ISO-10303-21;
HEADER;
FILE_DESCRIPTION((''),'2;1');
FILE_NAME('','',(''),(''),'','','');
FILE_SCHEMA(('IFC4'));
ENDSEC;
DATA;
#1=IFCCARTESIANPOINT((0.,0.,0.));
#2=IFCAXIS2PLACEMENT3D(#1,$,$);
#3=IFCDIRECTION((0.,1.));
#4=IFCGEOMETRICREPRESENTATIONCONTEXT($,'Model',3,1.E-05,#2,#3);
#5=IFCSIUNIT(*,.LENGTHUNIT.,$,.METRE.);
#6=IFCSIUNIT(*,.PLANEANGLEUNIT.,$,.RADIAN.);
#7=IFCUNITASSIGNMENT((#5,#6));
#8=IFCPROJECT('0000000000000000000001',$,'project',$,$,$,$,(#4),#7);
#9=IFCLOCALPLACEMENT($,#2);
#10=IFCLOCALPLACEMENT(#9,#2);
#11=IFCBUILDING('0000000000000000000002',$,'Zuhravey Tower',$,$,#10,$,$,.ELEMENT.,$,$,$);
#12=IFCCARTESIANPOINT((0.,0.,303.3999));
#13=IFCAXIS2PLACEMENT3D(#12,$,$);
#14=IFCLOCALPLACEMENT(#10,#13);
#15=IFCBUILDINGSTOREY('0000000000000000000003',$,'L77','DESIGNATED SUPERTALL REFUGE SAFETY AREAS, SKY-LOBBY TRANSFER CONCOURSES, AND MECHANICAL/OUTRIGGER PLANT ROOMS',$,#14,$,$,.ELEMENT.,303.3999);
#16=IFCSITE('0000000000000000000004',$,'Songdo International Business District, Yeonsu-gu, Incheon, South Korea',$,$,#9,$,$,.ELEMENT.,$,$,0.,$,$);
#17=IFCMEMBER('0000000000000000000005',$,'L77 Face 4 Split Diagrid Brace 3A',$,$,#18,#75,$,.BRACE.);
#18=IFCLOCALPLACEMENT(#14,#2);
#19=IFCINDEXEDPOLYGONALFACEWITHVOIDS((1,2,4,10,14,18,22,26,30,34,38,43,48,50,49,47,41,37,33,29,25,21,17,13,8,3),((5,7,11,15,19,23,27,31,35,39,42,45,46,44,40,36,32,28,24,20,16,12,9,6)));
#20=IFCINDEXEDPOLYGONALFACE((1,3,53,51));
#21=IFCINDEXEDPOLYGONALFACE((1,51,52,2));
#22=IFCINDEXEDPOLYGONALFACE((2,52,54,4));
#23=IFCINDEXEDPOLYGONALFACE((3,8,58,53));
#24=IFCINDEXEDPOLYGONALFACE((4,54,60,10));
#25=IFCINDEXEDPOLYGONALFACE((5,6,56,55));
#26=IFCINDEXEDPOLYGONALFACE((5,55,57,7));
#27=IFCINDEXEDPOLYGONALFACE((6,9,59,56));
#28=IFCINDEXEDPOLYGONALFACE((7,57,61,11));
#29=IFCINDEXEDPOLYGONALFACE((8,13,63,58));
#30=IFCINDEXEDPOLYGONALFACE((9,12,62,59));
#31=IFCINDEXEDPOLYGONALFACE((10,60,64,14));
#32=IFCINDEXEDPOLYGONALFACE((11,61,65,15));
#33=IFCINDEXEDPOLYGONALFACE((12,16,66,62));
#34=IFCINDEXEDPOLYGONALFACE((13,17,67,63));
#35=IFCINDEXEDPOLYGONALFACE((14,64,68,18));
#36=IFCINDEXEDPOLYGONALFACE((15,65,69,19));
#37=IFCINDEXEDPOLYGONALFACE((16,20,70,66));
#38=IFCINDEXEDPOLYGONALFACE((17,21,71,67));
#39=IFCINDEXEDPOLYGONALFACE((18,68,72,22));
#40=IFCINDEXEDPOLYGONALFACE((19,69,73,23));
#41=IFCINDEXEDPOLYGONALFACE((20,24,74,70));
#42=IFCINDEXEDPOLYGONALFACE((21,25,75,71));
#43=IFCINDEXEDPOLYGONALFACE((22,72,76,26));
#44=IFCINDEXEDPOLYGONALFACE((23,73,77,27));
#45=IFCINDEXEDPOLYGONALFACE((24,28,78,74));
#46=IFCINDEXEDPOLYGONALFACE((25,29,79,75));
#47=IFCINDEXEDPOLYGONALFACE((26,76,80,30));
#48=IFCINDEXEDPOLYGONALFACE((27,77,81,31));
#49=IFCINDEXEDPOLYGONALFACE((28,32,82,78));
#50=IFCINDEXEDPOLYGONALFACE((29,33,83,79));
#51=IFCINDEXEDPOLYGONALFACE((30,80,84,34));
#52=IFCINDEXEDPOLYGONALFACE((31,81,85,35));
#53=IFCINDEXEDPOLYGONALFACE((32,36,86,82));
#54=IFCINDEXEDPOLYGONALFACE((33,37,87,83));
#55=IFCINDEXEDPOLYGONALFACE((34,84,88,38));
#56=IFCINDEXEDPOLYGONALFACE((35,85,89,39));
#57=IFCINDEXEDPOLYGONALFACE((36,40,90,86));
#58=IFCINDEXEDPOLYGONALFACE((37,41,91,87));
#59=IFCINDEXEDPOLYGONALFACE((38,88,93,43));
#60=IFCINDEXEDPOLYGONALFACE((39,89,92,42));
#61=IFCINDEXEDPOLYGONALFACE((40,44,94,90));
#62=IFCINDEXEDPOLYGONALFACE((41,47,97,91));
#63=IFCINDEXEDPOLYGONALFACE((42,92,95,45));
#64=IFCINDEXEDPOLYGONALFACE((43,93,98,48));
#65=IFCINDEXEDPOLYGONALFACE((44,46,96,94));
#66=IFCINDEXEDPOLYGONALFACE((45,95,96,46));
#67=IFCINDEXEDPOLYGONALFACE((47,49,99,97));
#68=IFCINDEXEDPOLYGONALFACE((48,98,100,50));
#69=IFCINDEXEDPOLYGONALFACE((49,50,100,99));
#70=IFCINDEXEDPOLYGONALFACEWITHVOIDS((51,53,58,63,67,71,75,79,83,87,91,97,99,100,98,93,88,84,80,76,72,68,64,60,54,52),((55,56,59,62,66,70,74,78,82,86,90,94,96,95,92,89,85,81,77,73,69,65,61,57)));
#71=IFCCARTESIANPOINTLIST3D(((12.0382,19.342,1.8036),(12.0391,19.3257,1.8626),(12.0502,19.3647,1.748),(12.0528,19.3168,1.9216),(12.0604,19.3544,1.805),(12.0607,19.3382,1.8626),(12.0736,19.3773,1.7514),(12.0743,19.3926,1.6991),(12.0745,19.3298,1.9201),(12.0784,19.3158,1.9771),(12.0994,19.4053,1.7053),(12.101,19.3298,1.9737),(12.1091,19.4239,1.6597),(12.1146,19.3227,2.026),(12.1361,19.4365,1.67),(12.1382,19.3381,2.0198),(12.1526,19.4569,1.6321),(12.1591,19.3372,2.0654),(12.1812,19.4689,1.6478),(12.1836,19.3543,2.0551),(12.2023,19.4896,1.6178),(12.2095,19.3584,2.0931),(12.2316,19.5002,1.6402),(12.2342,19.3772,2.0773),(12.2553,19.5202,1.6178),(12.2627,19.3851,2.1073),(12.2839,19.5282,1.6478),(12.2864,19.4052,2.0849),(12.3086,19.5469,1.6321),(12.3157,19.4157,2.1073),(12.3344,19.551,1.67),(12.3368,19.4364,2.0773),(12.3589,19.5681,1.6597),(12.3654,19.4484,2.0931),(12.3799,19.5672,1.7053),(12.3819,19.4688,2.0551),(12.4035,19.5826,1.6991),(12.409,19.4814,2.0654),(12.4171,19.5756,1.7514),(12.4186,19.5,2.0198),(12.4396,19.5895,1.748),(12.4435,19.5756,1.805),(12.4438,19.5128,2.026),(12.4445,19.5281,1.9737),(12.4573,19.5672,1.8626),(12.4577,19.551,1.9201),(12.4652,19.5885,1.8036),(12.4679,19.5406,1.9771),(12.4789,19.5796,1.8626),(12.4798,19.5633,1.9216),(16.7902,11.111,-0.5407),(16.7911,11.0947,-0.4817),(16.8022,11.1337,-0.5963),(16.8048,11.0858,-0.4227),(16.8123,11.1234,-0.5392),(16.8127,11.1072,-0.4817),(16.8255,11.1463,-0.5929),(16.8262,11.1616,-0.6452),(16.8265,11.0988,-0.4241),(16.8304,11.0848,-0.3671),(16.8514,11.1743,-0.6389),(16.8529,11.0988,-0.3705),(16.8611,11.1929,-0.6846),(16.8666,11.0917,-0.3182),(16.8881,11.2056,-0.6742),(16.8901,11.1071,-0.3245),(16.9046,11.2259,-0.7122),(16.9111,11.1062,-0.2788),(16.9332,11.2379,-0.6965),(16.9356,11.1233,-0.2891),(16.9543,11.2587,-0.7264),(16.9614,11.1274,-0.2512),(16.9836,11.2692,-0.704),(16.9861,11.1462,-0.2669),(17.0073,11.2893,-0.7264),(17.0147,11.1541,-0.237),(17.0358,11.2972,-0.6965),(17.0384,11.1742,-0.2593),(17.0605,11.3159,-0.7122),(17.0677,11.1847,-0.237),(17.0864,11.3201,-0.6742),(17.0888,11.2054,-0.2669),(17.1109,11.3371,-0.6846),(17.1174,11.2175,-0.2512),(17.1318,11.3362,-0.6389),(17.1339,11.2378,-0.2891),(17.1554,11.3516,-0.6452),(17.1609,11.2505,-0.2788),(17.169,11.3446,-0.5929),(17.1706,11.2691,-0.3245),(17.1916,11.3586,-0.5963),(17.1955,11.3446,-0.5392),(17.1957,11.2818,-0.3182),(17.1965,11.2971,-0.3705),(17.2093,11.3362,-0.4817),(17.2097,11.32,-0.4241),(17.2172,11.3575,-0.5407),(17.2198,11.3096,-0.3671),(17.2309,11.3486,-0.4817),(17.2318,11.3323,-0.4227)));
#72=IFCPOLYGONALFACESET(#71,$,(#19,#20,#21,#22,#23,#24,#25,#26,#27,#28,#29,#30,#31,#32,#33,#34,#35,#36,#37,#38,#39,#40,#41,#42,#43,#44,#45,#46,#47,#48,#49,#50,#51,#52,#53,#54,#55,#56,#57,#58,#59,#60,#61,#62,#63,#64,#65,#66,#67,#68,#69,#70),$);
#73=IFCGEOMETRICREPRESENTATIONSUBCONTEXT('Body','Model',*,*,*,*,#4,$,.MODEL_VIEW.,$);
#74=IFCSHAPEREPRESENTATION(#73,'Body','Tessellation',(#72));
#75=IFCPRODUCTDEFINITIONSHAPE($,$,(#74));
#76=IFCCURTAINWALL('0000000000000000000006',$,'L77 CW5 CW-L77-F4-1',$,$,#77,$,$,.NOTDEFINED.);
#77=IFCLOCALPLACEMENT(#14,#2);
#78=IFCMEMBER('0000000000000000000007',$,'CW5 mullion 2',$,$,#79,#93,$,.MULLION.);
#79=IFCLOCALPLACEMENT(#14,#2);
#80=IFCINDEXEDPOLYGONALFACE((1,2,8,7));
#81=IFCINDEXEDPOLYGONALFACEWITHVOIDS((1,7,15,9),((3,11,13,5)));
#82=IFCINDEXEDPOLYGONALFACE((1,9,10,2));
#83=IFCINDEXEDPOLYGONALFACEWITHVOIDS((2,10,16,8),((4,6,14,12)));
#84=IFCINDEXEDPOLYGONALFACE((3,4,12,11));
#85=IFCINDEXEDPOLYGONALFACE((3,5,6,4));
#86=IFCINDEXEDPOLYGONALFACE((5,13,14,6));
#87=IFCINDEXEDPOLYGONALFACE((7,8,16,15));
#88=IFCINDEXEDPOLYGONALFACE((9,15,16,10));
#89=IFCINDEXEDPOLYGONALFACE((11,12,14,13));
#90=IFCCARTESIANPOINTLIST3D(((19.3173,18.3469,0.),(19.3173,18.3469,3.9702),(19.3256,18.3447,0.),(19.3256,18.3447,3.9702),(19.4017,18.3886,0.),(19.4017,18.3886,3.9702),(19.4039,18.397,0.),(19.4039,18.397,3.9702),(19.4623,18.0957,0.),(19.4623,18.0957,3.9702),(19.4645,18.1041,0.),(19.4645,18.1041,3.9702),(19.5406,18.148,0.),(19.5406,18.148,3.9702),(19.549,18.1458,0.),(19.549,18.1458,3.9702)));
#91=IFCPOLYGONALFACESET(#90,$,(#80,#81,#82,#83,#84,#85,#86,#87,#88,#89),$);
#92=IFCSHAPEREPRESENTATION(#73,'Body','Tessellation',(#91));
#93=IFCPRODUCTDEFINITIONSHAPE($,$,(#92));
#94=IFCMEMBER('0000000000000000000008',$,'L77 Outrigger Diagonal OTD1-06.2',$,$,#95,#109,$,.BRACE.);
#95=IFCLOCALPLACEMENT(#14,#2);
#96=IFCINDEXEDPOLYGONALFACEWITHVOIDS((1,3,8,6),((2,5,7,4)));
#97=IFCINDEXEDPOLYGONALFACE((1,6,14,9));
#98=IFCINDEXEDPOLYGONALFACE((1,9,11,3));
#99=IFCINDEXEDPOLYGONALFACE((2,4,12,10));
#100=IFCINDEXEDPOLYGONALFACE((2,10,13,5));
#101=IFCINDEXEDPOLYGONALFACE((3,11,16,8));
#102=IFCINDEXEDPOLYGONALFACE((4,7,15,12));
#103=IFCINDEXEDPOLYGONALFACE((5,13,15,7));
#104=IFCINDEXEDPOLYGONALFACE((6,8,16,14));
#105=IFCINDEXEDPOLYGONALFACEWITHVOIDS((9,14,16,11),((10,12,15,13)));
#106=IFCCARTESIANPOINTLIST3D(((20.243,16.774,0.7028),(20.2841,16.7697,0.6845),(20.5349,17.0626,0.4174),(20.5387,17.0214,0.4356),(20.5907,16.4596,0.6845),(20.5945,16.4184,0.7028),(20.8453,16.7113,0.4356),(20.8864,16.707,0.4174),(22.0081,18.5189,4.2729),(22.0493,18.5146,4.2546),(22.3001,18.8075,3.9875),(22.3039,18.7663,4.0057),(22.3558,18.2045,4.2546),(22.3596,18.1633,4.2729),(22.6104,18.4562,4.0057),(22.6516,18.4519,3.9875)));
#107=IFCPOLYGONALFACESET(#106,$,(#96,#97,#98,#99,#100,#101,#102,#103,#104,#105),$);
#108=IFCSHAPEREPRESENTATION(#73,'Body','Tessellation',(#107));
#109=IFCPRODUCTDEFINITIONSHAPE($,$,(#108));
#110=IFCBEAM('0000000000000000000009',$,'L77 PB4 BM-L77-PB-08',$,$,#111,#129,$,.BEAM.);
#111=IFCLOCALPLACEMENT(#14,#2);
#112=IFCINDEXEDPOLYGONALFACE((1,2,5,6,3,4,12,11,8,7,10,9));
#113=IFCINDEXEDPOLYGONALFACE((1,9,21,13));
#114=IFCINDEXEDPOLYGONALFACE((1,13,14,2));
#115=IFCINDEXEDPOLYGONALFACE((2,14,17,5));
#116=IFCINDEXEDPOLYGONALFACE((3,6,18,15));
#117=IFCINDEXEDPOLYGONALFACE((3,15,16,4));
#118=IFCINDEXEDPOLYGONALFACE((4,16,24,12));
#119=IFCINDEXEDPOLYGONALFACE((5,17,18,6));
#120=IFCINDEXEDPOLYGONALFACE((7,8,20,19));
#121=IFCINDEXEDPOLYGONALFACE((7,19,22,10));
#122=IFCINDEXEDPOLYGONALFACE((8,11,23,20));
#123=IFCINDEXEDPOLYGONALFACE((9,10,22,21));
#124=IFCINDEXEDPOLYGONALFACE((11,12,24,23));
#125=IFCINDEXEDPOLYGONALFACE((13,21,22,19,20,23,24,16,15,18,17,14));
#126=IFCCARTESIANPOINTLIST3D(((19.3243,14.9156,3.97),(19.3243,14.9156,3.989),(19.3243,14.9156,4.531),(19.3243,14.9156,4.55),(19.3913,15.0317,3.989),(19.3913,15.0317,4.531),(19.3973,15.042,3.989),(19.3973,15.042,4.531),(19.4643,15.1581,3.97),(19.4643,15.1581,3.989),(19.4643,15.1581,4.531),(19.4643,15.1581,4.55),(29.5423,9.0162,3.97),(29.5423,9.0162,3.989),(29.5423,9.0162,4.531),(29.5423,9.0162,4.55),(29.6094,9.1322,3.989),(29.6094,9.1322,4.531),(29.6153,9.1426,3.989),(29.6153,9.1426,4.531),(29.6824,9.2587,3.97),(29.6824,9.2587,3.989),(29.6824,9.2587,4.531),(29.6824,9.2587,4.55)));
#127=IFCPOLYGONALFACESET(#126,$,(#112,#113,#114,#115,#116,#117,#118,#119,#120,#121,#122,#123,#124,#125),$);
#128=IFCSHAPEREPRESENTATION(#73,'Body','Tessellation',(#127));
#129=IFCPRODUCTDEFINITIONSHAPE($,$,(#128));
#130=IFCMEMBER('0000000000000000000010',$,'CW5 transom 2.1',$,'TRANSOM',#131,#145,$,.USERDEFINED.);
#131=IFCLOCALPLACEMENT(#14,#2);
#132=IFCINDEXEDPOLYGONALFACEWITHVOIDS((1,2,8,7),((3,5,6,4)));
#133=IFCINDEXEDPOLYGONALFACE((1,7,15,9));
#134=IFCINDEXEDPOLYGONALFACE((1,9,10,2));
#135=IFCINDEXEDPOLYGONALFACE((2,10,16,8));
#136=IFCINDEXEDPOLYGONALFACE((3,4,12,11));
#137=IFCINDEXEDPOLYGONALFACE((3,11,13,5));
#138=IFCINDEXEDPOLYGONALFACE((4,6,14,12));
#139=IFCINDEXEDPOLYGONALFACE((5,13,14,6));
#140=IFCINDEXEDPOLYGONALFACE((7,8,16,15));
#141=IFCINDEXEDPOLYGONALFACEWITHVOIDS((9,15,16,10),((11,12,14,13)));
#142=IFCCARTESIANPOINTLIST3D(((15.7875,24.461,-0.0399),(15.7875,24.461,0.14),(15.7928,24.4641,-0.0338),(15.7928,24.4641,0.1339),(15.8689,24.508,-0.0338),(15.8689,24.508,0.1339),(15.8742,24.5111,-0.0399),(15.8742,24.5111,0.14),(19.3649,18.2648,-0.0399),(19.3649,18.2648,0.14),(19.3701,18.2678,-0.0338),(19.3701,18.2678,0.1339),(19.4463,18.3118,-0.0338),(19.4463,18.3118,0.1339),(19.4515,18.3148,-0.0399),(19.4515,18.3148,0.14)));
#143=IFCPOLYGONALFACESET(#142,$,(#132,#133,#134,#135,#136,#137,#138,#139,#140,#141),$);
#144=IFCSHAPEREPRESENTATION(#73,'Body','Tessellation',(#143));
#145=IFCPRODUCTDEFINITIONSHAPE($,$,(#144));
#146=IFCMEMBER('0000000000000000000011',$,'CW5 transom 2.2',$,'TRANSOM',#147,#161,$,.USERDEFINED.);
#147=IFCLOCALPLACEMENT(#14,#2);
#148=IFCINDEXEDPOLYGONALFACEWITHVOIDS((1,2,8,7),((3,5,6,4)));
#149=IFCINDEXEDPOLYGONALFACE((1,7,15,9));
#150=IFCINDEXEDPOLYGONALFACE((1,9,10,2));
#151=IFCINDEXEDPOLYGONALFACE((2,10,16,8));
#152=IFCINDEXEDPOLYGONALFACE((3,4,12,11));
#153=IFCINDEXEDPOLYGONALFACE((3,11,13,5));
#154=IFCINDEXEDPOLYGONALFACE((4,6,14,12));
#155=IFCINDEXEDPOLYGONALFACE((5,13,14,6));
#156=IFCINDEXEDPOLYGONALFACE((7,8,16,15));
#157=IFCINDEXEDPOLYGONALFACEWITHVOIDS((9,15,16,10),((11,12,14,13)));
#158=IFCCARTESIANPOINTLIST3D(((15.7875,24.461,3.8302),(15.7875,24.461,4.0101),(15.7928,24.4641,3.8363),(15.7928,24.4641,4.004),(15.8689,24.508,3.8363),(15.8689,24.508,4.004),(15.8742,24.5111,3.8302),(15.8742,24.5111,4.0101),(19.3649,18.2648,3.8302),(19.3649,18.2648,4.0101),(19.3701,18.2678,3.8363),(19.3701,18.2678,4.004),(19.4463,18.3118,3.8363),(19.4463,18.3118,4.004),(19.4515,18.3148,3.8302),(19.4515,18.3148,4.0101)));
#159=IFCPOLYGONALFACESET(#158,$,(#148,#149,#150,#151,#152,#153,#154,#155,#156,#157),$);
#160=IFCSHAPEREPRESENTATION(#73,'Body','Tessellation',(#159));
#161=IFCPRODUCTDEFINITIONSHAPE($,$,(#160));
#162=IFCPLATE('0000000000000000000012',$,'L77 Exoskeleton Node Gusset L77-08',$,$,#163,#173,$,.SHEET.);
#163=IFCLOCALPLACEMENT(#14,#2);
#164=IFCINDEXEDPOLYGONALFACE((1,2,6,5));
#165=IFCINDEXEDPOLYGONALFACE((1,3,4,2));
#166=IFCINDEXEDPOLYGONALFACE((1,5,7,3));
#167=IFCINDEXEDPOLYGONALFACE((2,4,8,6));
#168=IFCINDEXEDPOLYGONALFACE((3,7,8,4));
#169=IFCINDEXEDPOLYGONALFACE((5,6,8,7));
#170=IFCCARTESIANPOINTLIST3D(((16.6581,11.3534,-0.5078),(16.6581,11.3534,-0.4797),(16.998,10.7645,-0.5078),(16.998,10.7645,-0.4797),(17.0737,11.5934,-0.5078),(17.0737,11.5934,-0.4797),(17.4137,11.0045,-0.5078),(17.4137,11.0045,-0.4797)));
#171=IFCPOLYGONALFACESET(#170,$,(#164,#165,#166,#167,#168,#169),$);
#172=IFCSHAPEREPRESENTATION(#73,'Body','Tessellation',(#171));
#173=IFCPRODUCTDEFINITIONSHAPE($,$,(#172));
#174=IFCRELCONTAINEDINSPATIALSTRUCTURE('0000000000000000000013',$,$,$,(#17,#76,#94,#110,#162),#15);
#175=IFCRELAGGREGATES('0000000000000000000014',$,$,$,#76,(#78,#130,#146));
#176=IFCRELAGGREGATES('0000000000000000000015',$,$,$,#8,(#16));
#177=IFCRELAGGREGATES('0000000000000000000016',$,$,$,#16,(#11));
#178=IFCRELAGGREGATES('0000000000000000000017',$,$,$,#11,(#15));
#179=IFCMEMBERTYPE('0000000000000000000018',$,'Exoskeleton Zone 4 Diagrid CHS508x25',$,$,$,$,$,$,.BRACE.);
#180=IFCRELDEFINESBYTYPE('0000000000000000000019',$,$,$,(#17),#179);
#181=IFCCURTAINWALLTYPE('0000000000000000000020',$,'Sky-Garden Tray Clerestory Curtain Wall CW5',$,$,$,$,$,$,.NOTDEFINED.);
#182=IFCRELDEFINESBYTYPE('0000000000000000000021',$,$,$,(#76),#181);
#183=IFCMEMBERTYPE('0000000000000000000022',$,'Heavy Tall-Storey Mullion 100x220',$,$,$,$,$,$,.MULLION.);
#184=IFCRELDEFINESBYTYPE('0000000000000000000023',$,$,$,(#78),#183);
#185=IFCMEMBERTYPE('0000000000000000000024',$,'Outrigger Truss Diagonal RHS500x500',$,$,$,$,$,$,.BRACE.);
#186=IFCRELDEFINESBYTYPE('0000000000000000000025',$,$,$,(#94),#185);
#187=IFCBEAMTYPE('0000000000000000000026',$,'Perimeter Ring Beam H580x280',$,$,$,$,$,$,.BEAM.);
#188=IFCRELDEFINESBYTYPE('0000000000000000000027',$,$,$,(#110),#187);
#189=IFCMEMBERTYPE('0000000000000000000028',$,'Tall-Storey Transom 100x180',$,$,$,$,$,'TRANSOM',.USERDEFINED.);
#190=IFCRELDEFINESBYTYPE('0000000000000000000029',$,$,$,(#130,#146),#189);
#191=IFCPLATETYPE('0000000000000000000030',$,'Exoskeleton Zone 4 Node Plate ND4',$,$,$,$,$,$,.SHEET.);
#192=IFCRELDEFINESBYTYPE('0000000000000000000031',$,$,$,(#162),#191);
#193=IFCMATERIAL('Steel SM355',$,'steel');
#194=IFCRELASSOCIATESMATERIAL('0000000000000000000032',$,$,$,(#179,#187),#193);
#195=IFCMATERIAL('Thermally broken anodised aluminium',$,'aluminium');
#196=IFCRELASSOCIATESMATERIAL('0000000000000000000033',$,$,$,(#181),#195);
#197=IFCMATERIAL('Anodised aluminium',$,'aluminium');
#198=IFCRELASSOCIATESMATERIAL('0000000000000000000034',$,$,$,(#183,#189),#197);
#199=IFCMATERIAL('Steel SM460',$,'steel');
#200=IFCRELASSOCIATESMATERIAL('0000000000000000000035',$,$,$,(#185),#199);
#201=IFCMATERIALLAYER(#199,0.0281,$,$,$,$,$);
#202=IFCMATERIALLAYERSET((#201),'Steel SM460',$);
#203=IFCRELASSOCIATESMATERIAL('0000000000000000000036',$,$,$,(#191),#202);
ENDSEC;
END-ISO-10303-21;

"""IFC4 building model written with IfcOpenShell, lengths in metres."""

from ifc_helpers import new_model, si_unit, direction, frame, origin, origin_2d, place, context, subcontext, project, spatial, rectangle, hollow_rectangle, hollow_circle, i_section, extrude, material, layer, layer_set, material_profile, profile_set, type_object, element, aggregate, save


model = new_model("IFC4")

# Units and contexts
model_context = context("Model", 3, precision=1e-05, world=origin(), true_north=direction((0.0, 1.0)))
body_context = subcontext(model_context, "Body", "Model", "MODEL_VIEW")
ifc_project = project(units=[si_unit("LENGTHUNIT", "METRE"), si_unit("PLANEANGLEUNIT", "RADIAN")], contexts=[model_context])

# Site, building, storey
site_placement = place(None, origin())
site = spatial("IfcSite", under=ifc_project, at=site_placement, Name="Songdo International Business District, Yeonsu-gu, Incheon, South Korea", CompositionType="ELEMENT", RefElevation=0.0)
building_placement = place(site_placement, origin())
building = spatial("IfcBuilding", under=site, at=building_placement, Name="Zuhravey Tower", CompositionType="ELEMENT")
storey_placement = place(building_placement, frame((0.0, 0.0, 303.3999)))
storey = spatial("IfcBuildingStorey", under=building, at=storey_placement, Name="L77", Description="DESIGNATED SUPERTALL REFUGE SAFETY AREAS, SKY-LOBBY TRANSFER CONCOURSES, AND MECHANICAL/OUTRIGGER PLANT ROOMS", CompositionType="ELEMENT", Elevation=303.3999)

# Shared definitions
ifc_material_1 = material(Name="Steel SM355", Category="steel")

# Shared definitions
ifc_material_2 = material(Name="Steel SM460", Category="steel")

# Member
ifc_material_profile_1 = material_profile(ifc_material_1, hollow_circle(Radius=0.2539, WallThickness=0.0249, at=origin_2d()), Name="CHS-508.0x25")
ifc_profile_set_1 = profile_set([ifc_material_profile_1], Name="Steel SM355")
member_type_1 = type_object("IfcMemberType", Name="Exoskeleton Zone 4 Diagrid CHS508x25", PredefinedType="BRACE", material=ifc_profile_set_1)
member_1_placement = place(storey_placement, frame((17.011, 11.2217, -0.4817), z_axis=(-0.485436, 0.840835, 0.239476), x_axis=(-0.866034, -0.499985, 0.0)))
element("IfcMember", 1, at=member_1_placement, inside=storey, type_object=member_type_1, Name="L77 Face 4 Split Diagrid Brace 3A", PredefinedType="BRACE", context=body_context, shape_type="SweptSolid", body=[
    extrude(hollow_circle(Radius=0.2539, WallThickness=0.0249, at=origin_2d()), origin(), (0.0, 0.0, 1.0), 9.7891),
])

# Curtain wall, member
ifc_material_3 = material(Name="Thermally broken anodised aluminium", Category="aluminium")
curtain_wall_type = type_object("IfcCurtainWallType", Name="Sky-Garden Tray Clerestory Curtain Wall CW5", PredefinedType="NOTDEFINED", material=ifc_material_3)
curtain_wall_placement = place(storey_placement, origin())
curtain_wall = element("IfcCurtainWall", 2, at=curtain_wall_placement, inside=storey, type_object=curtain_wall_type, Name="L77 CW5 CW-L77-F4-1", PredefinedType="NOTDEFINED")
ifc_material_4 = material(Name="Anodised aluminium", Category="aluminium")
ifc_material_profile_2 = material_profile(ifc_material_4, hollow_rectangle(XDim=0.1001, YDim=0.29, WallThickness=0.0061, at=origin_2d()), Name="ALU-RHS-100x290x6")
ifc_profile_set_2 = profile_set([ifc_material_profile_2], Name="Anodised aluminium")
member_type_2 = type_object("IfcMemberType", Name="Heavy Tall-Storey Mullion 100x220", PredefinedType="MULLION", material=ifc_profile_set_2)
member_2_placement = place(storey_placement, frame((19.4331, 18.2463, 0.0), z_axis=(0.0, 0.0, 1.0), x_axis=(-0.866026, -0.499999, 0.0)))
member_2 = element("IfcMember", 3, at=member_2_placement, type_object=member_type_2, Name="CW5 mullion 2", PredefinedType="MULLION", context=body_context, shape_type="SweptSolid", body=[
    extrude(hollow_rectangle(XDim=0.1001, YDim=0.29, WallThickness=0.0061, at=origin_2d()), origin(), (0.0, 0.0, 1.0), 3.9702),
])

# Member
ifc_material_profile_3 = material_profile(ifc_material_2, hollow_rectangle(XDim=0.5, YDim=0.5, WallThickness=0.032, at=origin_2d()), Name="RHS-500x500x32")
ifc_profile_set_3 = profile_set([ifc_material_profile_3], Name="Steel SM460")
member_type_3 = type_object("IfcMemberType", Name="Outrigger Truss Diagonal RHS500x500", PredefinedType="BRACE", material=ifc_profile_set_3)
member_3_placement = place(storey_placement, frame((20.5647, 16.7405, 0.5601), z_axis=(0.405959, 0.401299, 0.82107), x_axis=(-0.703013, 0.711177, 0.0)))
element("IfcMember", 4, at=member_3_placement, inside=storey, type_object=member_type_3, Name="L77 Outrigger Diagonal OTD1-06.2", PredefinedType="BRACE", context=body_context, shape_type="SweptSolid", body=[
    extrude(hollow_rectangle(XDim=0.5, YDim=0.5, WallThickness=0.032, at=origin_2d()), origin(), (0.0, 0.0, 1.0), 4.3481),
])

# Beam
ifc_material_profile_4 = material_profile(ifc_material_1, i_section(OverallWidth=0.28, OverallDepth=0.5801, WebThickness=0.012, FlangeThickness=0.019, at=origin_2d()), Name="H-580x280x12x19")
ifc_profile_set_4 = profile_set([ifc_material_profile_4], Name="Steel SM355")
beam_type_1 = type_object("IfcBeamType", Name="Perimeter Ring Beam H580x280", PredefinedType="BEAM", material=ifc_profile_set_4)
beam_1_placement = place(storey_placement, frame((19.3943, 15.0369, 4.26), z_axis=(0.866024, -0.500002, 0.0), x_axis=(0.500002, 0.866024, 0.0)))
element("IfcBeam", 5, at=beam_1_placement, inside=storey, type_object=beam_type_1, Name="L77 PB4 BM-L77-PB-08", PredefinedType="BEAM", context=body_context, shape_type="SweptSolid", body=[
    extrude(i_section(OverallWidth=0.28, OverallDepth=0.5801, WebThickness=0.012, FlangeThickness=0.019, at=origin_2d()), origin(), (0.0, 0.0, 1.0), 11.7988),
])

# Members
ifc_material_profile_5 = material_profile(ifc_material_4, hollow_rectangle(XDim=0.1001, YDim=0.1799, WallThickness=0.0061, at=origin_2d()), Name="ALU-RHS-100x180x6")
ifc_profile_set_5 = profile_set([ifc_material_profile_5], Name="Anodised aluminium")
member_type_4 = type_object("IfcMemberType", Name="Tall-Storey Transom 100x180", ElementType="TRANSOM", PredefinedType="USERDEFINED", material=ifc_profile_set_5)
member_4_placement = place(storey_placement, frame((19.4082, 18.2898, 0.05), z_axis=(-0.499996, 0.866028, 0.0), x_axis=(-0.866028, -0.499996, 0.0)))
member_4 = element("IfcMember", 6, at=member_4_placement, type_object=member_type_4, Name="CW5 transom 2.1", ObjectType="TRANSOM", PredefinedType="USERDEFINED", context=body_context, shape_type="SweptSolid", body=[
    extrude(hollow_rectangle(XDim=0.1001, YDim=0.1799, WallThickness=0.0061, at=origin_2d()), origin(), (0.0, 0.0, 1.0), 7.1548),
])
member_5_placement = place(storey_placement, frame((19.4082, 18.2898, 3.9202), z_axis=(-0.499996, 0.866028, 0.0), x_axis=(-0.866028, -0.499996, 0.0)))
member_5 = element("IfcMember", 7, at=member_5_placement, type_object=member_type_4, Name="CW5 transom 2.2", ObjectType="TRANSOM", PredefinedType="USERDEFINED", context=body_context, shape_type="SweptSolid", body=[
    extrude(hollow_rectangle(XDim=0.1001, YDim=0.1799, WallThickness=0.0061, at=origin_2d()), origin(), (0.0, 0.0, 1.0), 7.1548),
])
aggregate(curtain_wall, [member_2, member_4, member_5])

# Plate
ifc_layer_1 = layer(ifc_material_2, 0.0281)
ifc_layer_set_1 = layer_set([ifc_layer_1], Name="Steel SM460")
plate_type = type_object("IfcPlateType", Name="Exoskeleton Zone 4 Node Plate ND4", PredefinedType="SHEET", material=ifc_layer_set_1)
plate_placement = place(storey_placement, frame((17.0359, 11.179, -0.5078), z_axis=(0.0, 0.0, 1.0), x_axis=(0.5, -0.866025, 0.0)))
element("IfcPlate", 8, at=plate_placement, inside=storey, type_object=plate_type, Name="L77 Exoskeleton Node Gusset L77-08", PredefinedType="SHEET", context=body_context, shape_type="SweptSolid", body=[
    extrude(rectangle(XDim=0.6799, YDim=0.48, at=origin_2d()), origin(), (0.0, 0.0, 1.0), 0.0281),
])

save(model, "model.ifc")
